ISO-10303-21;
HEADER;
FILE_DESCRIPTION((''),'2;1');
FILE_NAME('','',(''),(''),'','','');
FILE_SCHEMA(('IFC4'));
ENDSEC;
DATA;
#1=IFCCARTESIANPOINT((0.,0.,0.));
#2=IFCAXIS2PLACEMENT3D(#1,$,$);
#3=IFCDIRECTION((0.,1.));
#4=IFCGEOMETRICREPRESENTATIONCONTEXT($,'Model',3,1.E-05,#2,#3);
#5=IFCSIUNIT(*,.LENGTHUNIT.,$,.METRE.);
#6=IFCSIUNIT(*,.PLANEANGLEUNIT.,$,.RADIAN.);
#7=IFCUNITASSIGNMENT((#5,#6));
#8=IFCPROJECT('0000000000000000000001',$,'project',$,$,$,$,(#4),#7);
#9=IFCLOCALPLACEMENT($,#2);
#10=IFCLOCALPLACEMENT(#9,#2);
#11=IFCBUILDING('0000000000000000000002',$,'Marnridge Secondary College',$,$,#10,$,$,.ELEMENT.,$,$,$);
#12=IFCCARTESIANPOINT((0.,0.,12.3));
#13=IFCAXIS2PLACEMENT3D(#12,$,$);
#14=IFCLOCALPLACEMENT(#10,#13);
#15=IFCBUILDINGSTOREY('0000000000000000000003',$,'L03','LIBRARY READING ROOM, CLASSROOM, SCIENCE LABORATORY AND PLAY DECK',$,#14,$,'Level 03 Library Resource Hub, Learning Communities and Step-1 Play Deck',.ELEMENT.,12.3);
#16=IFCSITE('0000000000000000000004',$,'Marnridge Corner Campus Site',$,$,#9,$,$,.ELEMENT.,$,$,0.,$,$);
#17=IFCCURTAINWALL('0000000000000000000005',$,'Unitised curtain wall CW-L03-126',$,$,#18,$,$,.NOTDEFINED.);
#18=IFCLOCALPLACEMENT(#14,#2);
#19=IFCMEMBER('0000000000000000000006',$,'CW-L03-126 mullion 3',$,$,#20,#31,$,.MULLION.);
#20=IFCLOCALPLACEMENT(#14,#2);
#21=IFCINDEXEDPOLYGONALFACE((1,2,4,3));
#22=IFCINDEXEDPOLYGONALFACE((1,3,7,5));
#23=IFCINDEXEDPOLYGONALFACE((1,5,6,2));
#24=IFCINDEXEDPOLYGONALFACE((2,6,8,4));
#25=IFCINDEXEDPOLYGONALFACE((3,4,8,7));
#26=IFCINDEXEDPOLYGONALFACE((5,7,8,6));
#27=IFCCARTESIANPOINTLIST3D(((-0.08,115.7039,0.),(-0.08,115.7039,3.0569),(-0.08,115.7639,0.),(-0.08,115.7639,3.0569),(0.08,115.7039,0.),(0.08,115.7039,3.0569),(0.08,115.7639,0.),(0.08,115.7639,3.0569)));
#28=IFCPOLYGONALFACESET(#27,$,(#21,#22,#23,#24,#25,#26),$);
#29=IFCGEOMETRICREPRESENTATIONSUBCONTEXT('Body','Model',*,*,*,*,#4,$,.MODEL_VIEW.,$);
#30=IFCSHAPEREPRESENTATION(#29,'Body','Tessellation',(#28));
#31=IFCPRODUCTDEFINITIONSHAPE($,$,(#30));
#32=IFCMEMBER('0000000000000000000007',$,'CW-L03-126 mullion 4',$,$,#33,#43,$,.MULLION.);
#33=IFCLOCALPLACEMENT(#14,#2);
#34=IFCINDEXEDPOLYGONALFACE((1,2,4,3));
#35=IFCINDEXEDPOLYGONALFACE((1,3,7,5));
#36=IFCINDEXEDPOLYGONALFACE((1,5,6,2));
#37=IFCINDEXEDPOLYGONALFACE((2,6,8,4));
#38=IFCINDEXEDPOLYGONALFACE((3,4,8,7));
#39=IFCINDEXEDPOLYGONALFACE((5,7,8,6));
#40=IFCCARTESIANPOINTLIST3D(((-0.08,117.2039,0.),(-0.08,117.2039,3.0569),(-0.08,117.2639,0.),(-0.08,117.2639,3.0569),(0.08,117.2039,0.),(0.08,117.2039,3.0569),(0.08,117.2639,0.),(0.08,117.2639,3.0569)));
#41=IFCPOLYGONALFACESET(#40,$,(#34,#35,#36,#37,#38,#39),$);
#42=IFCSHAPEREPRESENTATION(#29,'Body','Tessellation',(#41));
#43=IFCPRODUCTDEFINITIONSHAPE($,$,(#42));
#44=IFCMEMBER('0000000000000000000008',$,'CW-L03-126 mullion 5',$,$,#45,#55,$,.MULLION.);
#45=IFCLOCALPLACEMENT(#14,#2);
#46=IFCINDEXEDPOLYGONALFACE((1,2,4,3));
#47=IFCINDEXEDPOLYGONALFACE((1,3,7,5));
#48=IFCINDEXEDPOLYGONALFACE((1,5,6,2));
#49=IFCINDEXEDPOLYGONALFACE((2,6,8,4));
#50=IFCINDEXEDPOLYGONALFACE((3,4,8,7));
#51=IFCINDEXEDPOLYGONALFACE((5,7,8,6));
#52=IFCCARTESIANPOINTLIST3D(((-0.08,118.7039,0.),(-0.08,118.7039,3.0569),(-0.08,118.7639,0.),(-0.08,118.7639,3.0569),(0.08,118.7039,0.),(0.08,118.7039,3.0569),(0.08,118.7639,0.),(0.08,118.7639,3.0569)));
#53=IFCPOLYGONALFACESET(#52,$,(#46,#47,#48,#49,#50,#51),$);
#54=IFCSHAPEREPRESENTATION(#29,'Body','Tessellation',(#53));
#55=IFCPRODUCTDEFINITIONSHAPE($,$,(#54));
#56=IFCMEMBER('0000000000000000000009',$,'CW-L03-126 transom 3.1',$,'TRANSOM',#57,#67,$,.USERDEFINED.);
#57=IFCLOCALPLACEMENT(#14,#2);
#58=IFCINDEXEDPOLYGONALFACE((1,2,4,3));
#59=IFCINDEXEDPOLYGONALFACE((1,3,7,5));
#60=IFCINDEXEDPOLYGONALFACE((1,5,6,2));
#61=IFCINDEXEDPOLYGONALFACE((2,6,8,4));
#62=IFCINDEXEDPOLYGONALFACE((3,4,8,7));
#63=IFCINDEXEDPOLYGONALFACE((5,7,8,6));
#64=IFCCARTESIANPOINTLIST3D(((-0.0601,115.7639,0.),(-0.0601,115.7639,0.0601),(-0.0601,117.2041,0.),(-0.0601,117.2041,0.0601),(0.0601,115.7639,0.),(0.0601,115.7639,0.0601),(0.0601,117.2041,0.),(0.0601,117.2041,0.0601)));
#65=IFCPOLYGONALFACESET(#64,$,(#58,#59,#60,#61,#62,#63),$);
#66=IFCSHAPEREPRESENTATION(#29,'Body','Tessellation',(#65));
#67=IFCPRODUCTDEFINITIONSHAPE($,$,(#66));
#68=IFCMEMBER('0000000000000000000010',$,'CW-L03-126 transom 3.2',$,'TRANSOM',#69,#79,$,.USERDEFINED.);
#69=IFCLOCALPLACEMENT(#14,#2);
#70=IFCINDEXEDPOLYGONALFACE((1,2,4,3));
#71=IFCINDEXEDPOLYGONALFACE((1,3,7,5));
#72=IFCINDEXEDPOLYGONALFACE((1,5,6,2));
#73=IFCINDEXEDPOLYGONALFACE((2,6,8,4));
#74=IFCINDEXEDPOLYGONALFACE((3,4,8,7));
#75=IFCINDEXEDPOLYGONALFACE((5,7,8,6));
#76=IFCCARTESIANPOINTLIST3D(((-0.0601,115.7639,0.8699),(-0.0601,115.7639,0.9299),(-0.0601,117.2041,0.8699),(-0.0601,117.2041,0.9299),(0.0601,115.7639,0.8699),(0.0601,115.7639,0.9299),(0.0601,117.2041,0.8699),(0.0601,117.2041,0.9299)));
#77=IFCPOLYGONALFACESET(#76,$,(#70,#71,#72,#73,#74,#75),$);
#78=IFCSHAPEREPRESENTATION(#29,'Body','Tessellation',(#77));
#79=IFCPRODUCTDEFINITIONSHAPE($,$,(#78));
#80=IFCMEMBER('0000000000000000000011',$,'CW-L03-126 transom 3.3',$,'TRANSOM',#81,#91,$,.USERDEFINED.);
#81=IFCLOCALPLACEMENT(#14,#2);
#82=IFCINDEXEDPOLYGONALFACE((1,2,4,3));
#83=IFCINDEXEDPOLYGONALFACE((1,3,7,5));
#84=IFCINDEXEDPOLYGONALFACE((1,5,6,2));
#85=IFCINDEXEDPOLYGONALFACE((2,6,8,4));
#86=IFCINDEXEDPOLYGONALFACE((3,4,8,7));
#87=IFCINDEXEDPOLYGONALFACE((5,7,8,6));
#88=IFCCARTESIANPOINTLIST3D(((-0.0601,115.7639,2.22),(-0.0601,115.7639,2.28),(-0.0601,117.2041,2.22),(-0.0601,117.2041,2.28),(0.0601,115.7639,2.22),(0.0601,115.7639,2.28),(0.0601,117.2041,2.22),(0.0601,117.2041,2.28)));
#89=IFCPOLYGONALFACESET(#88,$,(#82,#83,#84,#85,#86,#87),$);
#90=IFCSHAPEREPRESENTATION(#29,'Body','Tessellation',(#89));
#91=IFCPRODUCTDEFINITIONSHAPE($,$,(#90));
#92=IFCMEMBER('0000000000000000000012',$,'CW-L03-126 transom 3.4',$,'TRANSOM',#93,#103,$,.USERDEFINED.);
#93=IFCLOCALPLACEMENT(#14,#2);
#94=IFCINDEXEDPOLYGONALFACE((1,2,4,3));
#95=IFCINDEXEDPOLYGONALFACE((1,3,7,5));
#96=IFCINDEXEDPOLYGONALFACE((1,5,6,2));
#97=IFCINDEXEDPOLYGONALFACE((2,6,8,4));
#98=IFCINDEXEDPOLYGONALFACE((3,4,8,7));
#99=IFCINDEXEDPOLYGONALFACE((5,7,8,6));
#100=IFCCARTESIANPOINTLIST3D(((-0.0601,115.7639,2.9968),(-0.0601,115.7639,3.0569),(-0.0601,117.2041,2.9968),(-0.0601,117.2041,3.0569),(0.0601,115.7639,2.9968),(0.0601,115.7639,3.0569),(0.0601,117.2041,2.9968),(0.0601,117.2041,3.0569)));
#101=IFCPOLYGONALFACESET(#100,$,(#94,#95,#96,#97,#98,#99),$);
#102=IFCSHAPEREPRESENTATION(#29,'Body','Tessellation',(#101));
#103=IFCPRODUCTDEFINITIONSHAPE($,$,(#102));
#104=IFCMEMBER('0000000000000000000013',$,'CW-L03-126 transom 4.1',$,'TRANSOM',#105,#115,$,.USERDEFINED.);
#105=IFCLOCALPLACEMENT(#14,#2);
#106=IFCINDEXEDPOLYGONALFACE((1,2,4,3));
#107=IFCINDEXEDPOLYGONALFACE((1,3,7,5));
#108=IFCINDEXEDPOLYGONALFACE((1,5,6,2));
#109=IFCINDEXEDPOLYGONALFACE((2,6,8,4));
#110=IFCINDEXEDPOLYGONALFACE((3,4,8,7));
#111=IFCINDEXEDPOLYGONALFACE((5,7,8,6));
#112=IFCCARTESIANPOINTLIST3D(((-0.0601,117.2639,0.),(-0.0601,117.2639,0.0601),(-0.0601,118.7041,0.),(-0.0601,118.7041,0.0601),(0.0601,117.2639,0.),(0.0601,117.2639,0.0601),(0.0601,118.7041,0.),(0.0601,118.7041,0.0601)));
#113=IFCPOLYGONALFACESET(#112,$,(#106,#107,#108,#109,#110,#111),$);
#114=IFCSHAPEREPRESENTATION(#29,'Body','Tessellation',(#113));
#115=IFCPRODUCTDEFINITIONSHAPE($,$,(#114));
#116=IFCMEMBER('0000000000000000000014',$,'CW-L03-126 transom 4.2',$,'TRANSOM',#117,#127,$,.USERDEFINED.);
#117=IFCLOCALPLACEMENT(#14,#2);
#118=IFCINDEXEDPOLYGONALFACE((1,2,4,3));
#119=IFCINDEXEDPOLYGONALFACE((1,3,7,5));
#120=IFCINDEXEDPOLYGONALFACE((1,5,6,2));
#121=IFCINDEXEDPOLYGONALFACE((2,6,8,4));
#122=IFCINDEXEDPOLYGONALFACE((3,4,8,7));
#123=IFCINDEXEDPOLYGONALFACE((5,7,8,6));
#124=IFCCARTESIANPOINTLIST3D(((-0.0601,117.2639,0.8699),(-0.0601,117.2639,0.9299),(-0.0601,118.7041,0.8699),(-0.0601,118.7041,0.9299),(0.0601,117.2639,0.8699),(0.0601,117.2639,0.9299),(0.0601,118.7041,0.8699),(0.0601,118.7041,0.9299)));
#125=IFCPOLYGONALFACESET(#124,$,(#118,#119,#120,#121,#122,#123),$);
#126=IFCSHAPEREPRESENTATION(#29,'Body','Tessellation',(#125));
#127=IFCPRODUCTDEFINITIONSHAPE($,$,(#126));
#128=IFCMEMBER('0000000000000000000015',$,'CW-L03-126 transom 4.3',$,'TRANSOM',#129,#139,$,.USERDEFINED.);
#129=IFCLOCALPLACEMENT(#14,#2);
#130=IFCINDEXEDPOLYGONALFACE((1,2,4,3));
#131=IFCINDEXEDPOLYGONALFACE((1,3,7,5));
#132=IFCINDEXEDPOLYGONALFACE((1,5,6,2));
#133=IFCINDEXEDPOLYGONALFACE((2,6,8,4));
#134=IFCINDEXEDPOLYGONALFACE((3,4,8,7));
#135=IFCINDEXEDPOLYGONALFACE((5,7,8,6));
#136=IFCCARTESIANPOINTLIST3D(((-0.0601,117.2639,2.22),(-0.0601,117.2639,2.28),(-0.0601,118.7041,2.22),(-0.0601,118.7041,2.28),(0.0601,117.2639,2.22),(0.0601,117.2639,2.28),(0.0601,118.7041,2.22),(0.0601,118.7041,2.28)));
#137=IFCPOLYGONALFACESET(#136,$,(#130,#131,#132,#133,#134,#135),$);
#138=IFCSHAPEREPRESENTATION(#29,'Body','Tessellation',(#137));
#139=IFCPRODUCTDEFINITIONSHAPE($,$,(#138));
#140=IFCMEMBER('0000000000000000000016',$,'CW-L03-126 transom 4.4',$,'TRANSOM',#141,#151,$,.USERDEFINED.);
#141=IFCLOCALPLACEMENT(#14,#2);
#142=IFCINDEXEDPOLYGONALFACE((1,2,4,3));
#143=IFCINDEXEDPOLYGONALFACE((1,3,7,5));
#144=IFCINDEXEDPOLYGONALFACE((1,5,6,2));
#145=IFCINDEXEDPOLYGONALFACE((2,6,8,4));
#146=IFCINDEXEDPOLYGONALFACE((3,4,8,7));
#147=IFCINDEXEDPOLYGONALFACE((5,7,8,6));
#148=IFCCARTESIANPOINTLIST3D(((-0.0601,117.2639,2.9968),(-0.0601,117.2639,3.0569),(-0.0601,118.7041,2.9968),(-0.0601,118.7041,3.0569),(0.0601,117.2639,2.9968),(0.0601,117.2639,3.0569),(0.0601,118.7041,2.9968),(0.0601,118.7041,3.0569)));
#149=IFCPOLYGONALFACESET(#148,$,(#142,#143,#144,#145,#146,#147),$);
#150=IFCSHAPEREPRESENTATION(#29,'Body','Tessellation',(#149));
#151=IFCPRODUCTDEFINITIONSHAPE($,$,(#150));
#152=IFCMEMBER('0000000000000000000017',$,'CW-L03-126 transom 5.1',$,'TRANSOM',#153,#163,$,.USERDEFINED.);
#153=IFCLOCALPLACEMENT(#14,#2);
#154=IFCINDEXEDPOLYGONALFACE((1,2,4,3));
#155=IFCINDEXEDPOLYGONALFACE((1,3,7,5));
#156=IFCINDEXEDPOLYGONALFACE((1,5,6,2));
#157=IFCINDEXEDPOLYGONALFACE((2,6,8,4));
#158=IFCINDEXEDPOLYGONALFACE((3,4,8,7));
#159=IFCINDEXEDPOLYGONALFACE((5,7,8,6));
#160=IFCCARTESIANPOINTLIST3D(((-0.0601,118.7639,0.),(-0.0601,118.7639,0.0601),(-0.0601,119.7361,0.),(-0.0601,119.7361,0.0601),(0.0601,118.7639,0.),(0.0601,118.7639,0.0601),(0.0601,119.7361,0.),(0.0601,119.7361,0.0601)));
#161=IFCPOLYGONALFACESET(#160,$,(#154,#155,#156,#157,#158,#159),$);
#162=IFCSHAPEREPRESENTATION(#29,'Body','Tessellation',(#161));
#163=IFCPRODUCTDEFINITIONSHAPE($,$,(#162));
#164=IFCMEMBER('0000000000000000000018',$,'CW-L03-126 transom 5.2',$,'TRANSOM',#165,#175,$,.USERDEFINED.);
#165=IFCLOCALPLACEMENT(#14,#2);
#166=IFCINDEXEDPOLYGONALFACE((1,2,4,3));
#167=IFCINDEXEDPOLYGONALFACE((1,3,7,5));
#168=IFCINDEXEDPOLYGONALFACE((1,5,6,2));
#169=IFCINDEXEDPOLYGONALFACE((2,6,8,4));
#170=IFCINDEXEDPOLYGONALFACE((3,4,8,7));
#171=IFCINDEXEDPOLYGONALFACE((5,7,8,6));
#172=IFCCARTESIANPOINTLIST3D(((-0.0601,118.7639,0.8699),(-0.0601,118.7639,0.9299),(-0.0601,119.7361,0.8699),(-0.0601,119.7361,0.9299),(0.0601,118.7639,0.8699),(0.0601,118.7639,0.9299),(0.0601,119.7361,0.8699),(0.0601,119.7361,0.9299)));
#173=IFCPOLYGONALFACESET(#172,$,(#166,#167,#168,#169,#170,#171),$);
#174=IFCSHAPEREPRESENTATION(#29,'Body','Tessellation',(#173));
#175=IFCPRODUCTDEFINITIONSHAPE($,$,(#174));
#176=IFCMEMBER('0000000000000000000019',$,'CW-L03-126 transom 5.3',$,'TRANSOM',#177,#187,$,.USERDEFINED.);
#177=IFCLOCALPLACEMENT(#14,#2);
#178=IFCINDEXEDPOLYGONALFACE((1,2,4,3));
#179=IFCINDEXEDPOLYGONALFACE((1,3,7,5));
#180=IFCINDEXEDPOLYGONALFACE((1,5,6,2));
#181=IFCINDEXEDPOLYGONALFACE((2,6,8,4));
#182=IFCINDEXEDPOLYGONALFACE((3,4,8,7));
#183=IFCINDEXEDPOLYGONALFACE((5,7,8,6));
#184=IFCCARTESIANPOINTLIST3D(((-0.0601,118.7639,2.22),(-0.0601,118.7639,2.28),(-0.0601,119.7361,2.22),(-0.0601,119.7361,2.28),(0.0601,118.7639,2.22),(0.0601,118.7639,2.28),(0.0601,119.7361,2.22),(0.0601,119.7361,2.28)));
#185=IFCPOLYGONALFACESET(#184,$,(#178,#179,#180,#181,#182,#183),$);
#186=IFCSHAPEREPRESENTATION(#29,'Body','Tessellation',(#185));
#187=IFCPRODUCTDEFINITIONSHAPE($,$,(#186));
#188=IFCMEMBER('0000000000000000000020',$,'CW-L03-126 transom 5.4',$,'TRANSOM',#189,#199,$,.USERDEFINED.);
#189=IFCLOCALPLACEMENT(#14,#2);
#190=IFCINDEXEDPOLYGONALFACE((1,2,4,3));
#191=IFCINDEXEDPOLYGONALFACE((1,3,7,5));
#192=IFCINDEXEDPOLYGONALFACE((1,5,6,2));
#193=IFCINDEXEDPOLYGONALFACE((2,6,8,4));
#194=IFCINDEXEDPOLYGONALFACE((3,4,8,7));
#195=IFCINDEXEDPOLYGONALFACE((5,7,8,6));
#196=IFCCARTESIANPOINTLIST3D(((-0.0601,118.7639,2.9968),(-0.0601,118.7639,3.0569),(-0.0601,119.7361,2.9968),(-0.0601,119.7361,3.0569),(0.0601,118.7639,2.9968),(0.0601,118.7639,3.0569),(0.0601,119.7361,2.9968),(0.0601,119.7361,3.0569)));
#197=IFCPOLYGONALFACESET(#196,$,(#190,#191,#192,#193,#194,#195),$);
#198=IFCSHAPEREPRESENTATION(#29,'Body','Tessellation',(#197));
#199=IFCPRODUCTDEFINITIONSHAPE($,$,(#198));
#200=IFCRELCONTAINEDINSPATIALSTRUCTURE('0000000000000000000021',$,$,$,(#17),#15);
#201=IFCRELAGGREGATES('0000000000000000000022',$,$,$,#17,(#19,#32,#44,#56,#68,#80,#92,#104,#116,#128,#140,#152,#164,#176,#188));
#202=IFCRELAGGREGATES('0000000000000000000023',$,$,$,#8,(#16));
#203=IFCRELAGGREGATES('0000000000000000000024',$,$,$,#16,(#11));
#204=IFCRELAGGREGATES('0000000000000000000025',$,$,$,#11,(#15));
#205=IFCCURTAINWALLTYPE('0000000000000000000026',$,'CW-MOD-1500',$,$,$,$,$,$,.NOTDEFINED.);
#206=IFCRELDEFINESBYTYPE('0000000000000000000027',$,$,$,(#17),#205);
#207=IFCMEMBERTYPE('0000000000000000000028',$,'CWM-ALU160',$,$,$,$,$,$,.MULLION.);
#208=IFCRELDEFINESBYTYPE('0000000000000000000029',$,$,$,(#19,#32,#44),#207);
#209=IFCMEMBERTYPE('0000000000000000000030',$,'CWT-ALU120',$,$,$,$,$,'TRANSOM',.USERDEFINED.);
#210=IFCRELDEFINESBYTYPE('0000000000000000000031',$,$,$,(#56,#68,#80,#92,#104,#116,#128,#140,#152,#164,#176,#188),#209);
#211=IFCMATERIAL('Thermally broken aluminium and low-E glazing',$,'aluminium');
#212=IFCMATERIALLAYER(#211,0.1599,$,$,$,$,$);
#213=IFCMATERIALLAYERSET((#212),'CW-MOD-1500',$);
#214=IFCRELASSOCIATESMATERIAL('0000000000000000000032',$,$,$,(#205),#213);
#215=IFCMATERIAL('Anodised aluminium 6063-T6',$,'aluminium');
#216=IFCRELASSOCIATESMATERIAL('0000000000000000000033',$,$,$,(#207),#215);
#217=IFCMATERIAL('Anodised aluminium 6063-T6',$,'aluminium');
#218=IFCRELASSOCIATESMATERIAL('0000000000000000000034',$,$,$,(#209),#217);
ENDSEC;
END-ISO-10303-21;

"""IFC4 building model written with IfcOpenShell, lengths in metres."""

from ifc_helpers import new_model, si_unit, direction, frame, origin, origin_2d, place, context, subcontext, project, spatial, rectangle, extrude, material, layer, layer_set, material_profile, profile_set, type_object, element, aggregate, save


model = new_model("IFC4")

# Units and contexts
model_context = context("Model", 3, precision=1e-05, world=origin(), true_north=direction((0.0, 1.0)))
body_context = subcontext(model_context, "Body", "Model", "MODEL_VIEW")
ifc_project = project(units=[si_unit("LENGTHUNIT", "METRE"), si_unit("PLANEANGLEUNIT", "RADIAN")], contexts=[model_context])

# Site, building, storey
site_placement = place(None, origin())
site = spatial("IfcSite", under=ifc_project, at=site_placement, Name="Marnridge Corner Campus Site", CompositionType="ELEMENT", RefElevation=0.0)
building_placement = place(site_placement, origin())
building = spatial("IfcBuilding", under=site, at=building_placement, Name="Marnridge Secondary College", CompositionType="ELEMENT")
storey_placement = place(building_placement, frame((0.0, 0.0, 12.3)))
storey = spatial("IfcBuildingStorey", under=building, at=storey_placement, Name="L03", Description="LIBRARY READING ROOM, CLASSROOM, SCIENCE LABORATORY AND PLAY DECK", LongName="Level 03 Library Resource Hub, Learning Communities and Step-1 Play Deck", CompositionType="ELEMENT", Elevation=12.3)

# Curtain wall, members
ifc_material_1 = material(Name="Thermally broken aluminium and low-E glazing", Category="aluminium")
ifc_layer_1 = layer(ifc_material_1, 0.1599)
ifc_layer_set_1 = layer_set([ifc_layer_1], Name="CW-MOD-1500")
curtain_wall_type = type_object("IfcCurtainWallType", Name="CW-MOD-1500", PredefinedType="NOTDEFINED", material=ifc_layer_set_1)
curtain_wall_placement = place(storey_placement, origin())
curtain_wall = element("IfcCurtainWall", 1, at=curtain_wall_placement, inside=storey, type_object=curtain_wall_type, Name="Unitised curtain wall CW-L03-126", PredefinedType="NOTDEFINED")
ifc_material_2 = material(Name="Anodised aluminium 6063-T6", Category="aluminium")
ifc_material_profile_1 = material_profile(ifc_material_2, rectangle(XDim=0.0601, YDim=0.1599, at=origin_2d()), Name="ALU 60x160")
ifc_profile_set_1 = profile_set([ifc_material_profile_1], Name="Anodised aluminium 6063-T6")
member_type_1 = type_object("IfcMemberType", Name="CWM-ALU160", PredefinedType="MULLION", material=ifc_profile_set_1)
member_1_placement = place(storey_placement, frame((0.0, 115.7339, 0.0), z_axis=(0.0, 0.0, 1.0), x_axis=(0.0, 1.0, 0.0)))
member_1 = element("IfcMember", 2, at=member_1_placement, type_object=member_type_1, Name="CW-L03-126 mullion 3", PredefinedType="MULLION", context=body_context, shape_type="SweptSolid", body=[
    extrude(rectangle(XDim=0.0601, YDim=0.1599, at=origin_2d()), origin(), (0.0, 0.0, 1.0), 3.0569),
])
member_2_placement = place(storey_placement, frame((0.0, 117.2339, 0.0), z_axis=(0.0, 0.0, 1.0), x_axis=(0.0, 1.0, 0.0)))
member_2 = element("IfcMember", 3, at=member_2_placement, type_object=member_type_1, Name="CW-L03-126 mullion 4", PredefinedType="MULLION", context=body_context, shape_type="SweptSolid", body=[
    extrude(rectangle(XDim=0.0601, YDim=0.1599, at=origin_2d()), origin(), (0.0, 0.0, 1.0), 3.0569),
])
member_3_placement = place(storey_placement, frame((0.0, 118.7339, 0.0), z_axis=(0.0, 0.0, 1.0), x_axis=(0.0, 1.0, 0.0)))
member_3 = element("IfcMember", 4, at=member_3_placement, type_object=member_type_1, Name="CW-L03-126 mullion 5", PredefinedType="MULLION", context=body_context, shape_type="SweptSolid", body=[
    extrude(rectangle(XDim=0.0601, YDim=0.1599, at=origin_2d()), origin(), (0.0, 0.0, 1.0), 3.0569),
])
ifc_material_3 = material(Name="Anodised aluminium 6063-T6", Category="aluminium")
ifc_material_profile_2 = material_profile(ifc_material_3, rectangle(XDim=0.0601, YDim=0.1201, at=origin_2d()), Name="ALU 60x120")
ifc_profile_set_2 = profile_set([ifc_material_profile_2], Name="Anodised aluminium 6063-T6")
member_type_2 = type_object("IfcMemberType", Name="CWT-ALU120", ElementType="TRANSOM", PredefinedType="USERDEFINED", material=ifc_profile_set_2)
member_4_placement = place(storey_placement, frame((0.0, 115.7639, 0.03), z_axis=(0.0, 1.0, 0.0), x_axis=(0.0, 0.0, 1.0)))
member_4 = element("IfcMember", 5, at=member_4_placement, type_object=member_type_2, Name="CW-L03-126 transom 3.1", ObjectType="TRANSOM", PredefinedType="USERDEFINED", context=body_context, shape_type="SweptSolid", body=[
    extrude(rectangle(XDim=0.0601, YDim=0.1201, at=origin_2d()), origin(), (0.0, 0.0, 1.0), 1.4402),
])
member_5_placement = place(storey_placement, frame((0.0, 115.7639, 0.8999), z_axis=(0.0, 1.0, 0.0), x_axis=(0.0, 0.0, 1.0)))
member_5 = element("IfcMember", 6, at=member_5_placement, type_object=member_type_2, Name="CW-L03-126 transom 3.2", ObjectType="TRANSOM", PredefinedType="USERDEFINED", context=body_context, shape_type="SweptSolid", body=[
    extrude(rectangle(XDim=0.0601, YDim=0.1201, at=origin_2d()), origin(), (0.0, 0.0, 1.0), 1.4402),
])
member_6_placement = place(storey_placement, frame((0.0, 115.7639, 2.25), z_axis=(0.0, 1.0, 0.0), x_axis=(0.0, 0.0, 1.0)))
member_6 = element("IfcMember", 7, at=member_6_placement, type_object=member_type_2, Name="CW-L03-126 transom 3.3", ObjectType="TRANSOM", PredefinedType="USERDEFINED", context=body_context, shape_type="SweptSolid", body=[
    extrude(rectangle(XDim=0.0601, YDim=0.1201, at=origin_2d()), origin(), (0.0, 0.0, 1.0), 1.4402),
])
member_7_placement = place(storey_placement, frame((0.0, 115.7639, 3.0269), z_axis=(0.0, 1.0, 0.0), x_axis=(0.0, 0.0, 1.0)))
member_7 = element("IfcMember", 8, at=member_7_placement, type_object=member_type_2, Name="CW-L03-126 transom 3.4", ObjectType="TRANSOM", PredefinedType="USERDEFINED", context=body_context, shape_type="SweptSolid", body=[
    extrude(rectangle(XDim=0.0601, YDim=0.1201, at=origin_2d()), origin(), (0.0, 0.0, 1.0), 1.4402),
])
member_8_placement = place(storey_placement, frame((0.0, 117.2639, 0.03), z_axis=(0.0, 1.0, 0.0), x_axis=(0.0, 0.0, 1.0)))
member_8 = element("IfcMember", 9, at=member_8_placement, type_object=member_type_2, Name="CW-L03-126 transom 4.1", ObjectType="TRANSOM", PredefinedType="USERDEFINED", context=body_context, shape_type="SweptSolid", body=[
    extrude(rectangle(XDim=0.0601, YDim=0.1201, at=origin_2d()), origin(), (0.0, 0.0, 1.0), 1.4402),
])
member_9_placement = place(storey_placement, frame((0.0, 117.2639, 0.8999), z_axis=(0.0, 1.0, 0.0), x_axis=(0.0, 0.0, 1.0)))
member_9 = element("IfcMember", 10, at=member_9_placement, type_object=member_type_2, Name="CW-L03-126 transom 4.2", ObjectType="TRANSOM", PredefinedType="USERDEFINED", context=body_context, shape_type="SweptSolid", body=[
    extrude(rectangle(XDim=0.0601, YDim=0.1201, at=origin_2d()), origin(), (0.0, 0.0, 1.0), 1.4402),
])
member_10_placement = place(storey_placement, frame((0.0, 117.2639, 2.25), z_axis=(0.0, 1.0, 0.0), x_axis=(0.0, 0.0, 1.0)))
member_10 = element("IfcMember", 11, at=member_10_placement, type_object=member_type_2, Name="CW-L03-126 transom 4.3", ObjectType="TRANSOM", PredefinedType="USERDEFINED", context=body_context, shape_type="SweptSolid", body=[
    extrude(rectangle(XDim=0.0601, YDim=0.1201, at=origin_2d()), origin(), (0.0, 0.0, 1.0), 1.4402),
])
member_11_placement = place(storey_placement, frame((0.0, 117.2639, 3.0269), z_axis=(0.0, 1.0, 0.0), x_axis=(0.0, 0.0, 1.0)))
member_11 = element("IfcMember", 12, at=member_11_placement, type_object=member_type_2, Name="CW-L03-126 transom 4.4", ObjectType="TRANSOM", PredefinedType="USERDEFINED", context=body_context, shape_type="SweptSolid", body=[
    extrude(rectangle(XDim=0.0601, YDim=0.1201, at=origin_2d()), origin(), (0.0, 0.0, 1.0), 1.4402),
])
member_12_placement = place(storey_placement, frame((0.0, 118.7639, 0.03), z_axis=(0.0, 1.0, 0.0), x_axis=(0.0, 0.0, 1.0)))
member_12 = element("IfcMember", 13, at=member_12_placement, type_object=member_type_2, Name="CW-L03-126 transom 5.1", ObjectType="TRANSOM", PredefinedType="USERDEFINED", context=body_context, shape_type="SweptSolid", body=[
    extrude(rectangle(XDim=0.0601, YDim=0.1201, at=origin_2d()), origin(), (0.0, 0.0, 1.0), 0.9722),
])
member_13_placement = place(storey_placement, frame((0.0, 118.7639, 0.8999), z_axis=(0.0, 1.0, 0.0), x_axis=(0.0, 0.0, 1.0)))
member_13 = element("IfcMember", 14, at=member_13_placement, type_object=member_type_2, Name="CW-L03-126 transom 5.2", ObjectType="TRANSOM", PredefinedType="USERDEFINED", context=body_context, shape_type="SweptSolid", body=[
    extrude(rectangle(XDim=0.0601, YDim=0.1201, at=origin_2d()), origin(), (0.0, 0.0, 1.0), 0.9722),
])
member_14_placement = place(storey_placement, frame((0.0, 118.7639, 2.25), z_axis=(0.0, 1.0, 0.0), x_axis=(0.0, 0.0, 1.0)))
member_14 = element("IfcMember", 15, at=member_14_placement, type_object=member_type_2, Name="CW-L03-126 transom 5.3", ObjectType="TRANSOM", PredefinedType="USERDEFINED", context=body_context, shape_type="SweptSolid", body=[
    extrude(rectangle(XDim=0.0601, YDim=0.1201, at=origin_2d()), origin(), (0.0, 0.0, 1.0), 0.9722),
])
member_15_placement = place(storey_placement, frame((0.0, 118.7639, 3.0269), z_axis=(0.0, 1.0, 0.0), x_axis=(0.0, 0.0, 1.0)))
member_15 = element("IfcMember", 16, at=member_15_placement, type_object=member_type_2, Name="CW-L03-126 transom 5.4", ObjectType="TRANSOM", PredefinedType="USERDEFINED", context=body_context, shape_type="SweptSolid", body=[
    extrude(rectangle(XDim=0.0601, YDim=0.1201, at=origin_2d()), origin(), (0.0, 0.0, 1.0), 0.9722),
])
aggregate(curtain_wall, [member_1, member_2, member_3, member_4, member_5, member_6, member_7, member_8, member_9, member_10, member_11, member_12, member_13, member_14, member_15])

save(model, "model.ifc")
